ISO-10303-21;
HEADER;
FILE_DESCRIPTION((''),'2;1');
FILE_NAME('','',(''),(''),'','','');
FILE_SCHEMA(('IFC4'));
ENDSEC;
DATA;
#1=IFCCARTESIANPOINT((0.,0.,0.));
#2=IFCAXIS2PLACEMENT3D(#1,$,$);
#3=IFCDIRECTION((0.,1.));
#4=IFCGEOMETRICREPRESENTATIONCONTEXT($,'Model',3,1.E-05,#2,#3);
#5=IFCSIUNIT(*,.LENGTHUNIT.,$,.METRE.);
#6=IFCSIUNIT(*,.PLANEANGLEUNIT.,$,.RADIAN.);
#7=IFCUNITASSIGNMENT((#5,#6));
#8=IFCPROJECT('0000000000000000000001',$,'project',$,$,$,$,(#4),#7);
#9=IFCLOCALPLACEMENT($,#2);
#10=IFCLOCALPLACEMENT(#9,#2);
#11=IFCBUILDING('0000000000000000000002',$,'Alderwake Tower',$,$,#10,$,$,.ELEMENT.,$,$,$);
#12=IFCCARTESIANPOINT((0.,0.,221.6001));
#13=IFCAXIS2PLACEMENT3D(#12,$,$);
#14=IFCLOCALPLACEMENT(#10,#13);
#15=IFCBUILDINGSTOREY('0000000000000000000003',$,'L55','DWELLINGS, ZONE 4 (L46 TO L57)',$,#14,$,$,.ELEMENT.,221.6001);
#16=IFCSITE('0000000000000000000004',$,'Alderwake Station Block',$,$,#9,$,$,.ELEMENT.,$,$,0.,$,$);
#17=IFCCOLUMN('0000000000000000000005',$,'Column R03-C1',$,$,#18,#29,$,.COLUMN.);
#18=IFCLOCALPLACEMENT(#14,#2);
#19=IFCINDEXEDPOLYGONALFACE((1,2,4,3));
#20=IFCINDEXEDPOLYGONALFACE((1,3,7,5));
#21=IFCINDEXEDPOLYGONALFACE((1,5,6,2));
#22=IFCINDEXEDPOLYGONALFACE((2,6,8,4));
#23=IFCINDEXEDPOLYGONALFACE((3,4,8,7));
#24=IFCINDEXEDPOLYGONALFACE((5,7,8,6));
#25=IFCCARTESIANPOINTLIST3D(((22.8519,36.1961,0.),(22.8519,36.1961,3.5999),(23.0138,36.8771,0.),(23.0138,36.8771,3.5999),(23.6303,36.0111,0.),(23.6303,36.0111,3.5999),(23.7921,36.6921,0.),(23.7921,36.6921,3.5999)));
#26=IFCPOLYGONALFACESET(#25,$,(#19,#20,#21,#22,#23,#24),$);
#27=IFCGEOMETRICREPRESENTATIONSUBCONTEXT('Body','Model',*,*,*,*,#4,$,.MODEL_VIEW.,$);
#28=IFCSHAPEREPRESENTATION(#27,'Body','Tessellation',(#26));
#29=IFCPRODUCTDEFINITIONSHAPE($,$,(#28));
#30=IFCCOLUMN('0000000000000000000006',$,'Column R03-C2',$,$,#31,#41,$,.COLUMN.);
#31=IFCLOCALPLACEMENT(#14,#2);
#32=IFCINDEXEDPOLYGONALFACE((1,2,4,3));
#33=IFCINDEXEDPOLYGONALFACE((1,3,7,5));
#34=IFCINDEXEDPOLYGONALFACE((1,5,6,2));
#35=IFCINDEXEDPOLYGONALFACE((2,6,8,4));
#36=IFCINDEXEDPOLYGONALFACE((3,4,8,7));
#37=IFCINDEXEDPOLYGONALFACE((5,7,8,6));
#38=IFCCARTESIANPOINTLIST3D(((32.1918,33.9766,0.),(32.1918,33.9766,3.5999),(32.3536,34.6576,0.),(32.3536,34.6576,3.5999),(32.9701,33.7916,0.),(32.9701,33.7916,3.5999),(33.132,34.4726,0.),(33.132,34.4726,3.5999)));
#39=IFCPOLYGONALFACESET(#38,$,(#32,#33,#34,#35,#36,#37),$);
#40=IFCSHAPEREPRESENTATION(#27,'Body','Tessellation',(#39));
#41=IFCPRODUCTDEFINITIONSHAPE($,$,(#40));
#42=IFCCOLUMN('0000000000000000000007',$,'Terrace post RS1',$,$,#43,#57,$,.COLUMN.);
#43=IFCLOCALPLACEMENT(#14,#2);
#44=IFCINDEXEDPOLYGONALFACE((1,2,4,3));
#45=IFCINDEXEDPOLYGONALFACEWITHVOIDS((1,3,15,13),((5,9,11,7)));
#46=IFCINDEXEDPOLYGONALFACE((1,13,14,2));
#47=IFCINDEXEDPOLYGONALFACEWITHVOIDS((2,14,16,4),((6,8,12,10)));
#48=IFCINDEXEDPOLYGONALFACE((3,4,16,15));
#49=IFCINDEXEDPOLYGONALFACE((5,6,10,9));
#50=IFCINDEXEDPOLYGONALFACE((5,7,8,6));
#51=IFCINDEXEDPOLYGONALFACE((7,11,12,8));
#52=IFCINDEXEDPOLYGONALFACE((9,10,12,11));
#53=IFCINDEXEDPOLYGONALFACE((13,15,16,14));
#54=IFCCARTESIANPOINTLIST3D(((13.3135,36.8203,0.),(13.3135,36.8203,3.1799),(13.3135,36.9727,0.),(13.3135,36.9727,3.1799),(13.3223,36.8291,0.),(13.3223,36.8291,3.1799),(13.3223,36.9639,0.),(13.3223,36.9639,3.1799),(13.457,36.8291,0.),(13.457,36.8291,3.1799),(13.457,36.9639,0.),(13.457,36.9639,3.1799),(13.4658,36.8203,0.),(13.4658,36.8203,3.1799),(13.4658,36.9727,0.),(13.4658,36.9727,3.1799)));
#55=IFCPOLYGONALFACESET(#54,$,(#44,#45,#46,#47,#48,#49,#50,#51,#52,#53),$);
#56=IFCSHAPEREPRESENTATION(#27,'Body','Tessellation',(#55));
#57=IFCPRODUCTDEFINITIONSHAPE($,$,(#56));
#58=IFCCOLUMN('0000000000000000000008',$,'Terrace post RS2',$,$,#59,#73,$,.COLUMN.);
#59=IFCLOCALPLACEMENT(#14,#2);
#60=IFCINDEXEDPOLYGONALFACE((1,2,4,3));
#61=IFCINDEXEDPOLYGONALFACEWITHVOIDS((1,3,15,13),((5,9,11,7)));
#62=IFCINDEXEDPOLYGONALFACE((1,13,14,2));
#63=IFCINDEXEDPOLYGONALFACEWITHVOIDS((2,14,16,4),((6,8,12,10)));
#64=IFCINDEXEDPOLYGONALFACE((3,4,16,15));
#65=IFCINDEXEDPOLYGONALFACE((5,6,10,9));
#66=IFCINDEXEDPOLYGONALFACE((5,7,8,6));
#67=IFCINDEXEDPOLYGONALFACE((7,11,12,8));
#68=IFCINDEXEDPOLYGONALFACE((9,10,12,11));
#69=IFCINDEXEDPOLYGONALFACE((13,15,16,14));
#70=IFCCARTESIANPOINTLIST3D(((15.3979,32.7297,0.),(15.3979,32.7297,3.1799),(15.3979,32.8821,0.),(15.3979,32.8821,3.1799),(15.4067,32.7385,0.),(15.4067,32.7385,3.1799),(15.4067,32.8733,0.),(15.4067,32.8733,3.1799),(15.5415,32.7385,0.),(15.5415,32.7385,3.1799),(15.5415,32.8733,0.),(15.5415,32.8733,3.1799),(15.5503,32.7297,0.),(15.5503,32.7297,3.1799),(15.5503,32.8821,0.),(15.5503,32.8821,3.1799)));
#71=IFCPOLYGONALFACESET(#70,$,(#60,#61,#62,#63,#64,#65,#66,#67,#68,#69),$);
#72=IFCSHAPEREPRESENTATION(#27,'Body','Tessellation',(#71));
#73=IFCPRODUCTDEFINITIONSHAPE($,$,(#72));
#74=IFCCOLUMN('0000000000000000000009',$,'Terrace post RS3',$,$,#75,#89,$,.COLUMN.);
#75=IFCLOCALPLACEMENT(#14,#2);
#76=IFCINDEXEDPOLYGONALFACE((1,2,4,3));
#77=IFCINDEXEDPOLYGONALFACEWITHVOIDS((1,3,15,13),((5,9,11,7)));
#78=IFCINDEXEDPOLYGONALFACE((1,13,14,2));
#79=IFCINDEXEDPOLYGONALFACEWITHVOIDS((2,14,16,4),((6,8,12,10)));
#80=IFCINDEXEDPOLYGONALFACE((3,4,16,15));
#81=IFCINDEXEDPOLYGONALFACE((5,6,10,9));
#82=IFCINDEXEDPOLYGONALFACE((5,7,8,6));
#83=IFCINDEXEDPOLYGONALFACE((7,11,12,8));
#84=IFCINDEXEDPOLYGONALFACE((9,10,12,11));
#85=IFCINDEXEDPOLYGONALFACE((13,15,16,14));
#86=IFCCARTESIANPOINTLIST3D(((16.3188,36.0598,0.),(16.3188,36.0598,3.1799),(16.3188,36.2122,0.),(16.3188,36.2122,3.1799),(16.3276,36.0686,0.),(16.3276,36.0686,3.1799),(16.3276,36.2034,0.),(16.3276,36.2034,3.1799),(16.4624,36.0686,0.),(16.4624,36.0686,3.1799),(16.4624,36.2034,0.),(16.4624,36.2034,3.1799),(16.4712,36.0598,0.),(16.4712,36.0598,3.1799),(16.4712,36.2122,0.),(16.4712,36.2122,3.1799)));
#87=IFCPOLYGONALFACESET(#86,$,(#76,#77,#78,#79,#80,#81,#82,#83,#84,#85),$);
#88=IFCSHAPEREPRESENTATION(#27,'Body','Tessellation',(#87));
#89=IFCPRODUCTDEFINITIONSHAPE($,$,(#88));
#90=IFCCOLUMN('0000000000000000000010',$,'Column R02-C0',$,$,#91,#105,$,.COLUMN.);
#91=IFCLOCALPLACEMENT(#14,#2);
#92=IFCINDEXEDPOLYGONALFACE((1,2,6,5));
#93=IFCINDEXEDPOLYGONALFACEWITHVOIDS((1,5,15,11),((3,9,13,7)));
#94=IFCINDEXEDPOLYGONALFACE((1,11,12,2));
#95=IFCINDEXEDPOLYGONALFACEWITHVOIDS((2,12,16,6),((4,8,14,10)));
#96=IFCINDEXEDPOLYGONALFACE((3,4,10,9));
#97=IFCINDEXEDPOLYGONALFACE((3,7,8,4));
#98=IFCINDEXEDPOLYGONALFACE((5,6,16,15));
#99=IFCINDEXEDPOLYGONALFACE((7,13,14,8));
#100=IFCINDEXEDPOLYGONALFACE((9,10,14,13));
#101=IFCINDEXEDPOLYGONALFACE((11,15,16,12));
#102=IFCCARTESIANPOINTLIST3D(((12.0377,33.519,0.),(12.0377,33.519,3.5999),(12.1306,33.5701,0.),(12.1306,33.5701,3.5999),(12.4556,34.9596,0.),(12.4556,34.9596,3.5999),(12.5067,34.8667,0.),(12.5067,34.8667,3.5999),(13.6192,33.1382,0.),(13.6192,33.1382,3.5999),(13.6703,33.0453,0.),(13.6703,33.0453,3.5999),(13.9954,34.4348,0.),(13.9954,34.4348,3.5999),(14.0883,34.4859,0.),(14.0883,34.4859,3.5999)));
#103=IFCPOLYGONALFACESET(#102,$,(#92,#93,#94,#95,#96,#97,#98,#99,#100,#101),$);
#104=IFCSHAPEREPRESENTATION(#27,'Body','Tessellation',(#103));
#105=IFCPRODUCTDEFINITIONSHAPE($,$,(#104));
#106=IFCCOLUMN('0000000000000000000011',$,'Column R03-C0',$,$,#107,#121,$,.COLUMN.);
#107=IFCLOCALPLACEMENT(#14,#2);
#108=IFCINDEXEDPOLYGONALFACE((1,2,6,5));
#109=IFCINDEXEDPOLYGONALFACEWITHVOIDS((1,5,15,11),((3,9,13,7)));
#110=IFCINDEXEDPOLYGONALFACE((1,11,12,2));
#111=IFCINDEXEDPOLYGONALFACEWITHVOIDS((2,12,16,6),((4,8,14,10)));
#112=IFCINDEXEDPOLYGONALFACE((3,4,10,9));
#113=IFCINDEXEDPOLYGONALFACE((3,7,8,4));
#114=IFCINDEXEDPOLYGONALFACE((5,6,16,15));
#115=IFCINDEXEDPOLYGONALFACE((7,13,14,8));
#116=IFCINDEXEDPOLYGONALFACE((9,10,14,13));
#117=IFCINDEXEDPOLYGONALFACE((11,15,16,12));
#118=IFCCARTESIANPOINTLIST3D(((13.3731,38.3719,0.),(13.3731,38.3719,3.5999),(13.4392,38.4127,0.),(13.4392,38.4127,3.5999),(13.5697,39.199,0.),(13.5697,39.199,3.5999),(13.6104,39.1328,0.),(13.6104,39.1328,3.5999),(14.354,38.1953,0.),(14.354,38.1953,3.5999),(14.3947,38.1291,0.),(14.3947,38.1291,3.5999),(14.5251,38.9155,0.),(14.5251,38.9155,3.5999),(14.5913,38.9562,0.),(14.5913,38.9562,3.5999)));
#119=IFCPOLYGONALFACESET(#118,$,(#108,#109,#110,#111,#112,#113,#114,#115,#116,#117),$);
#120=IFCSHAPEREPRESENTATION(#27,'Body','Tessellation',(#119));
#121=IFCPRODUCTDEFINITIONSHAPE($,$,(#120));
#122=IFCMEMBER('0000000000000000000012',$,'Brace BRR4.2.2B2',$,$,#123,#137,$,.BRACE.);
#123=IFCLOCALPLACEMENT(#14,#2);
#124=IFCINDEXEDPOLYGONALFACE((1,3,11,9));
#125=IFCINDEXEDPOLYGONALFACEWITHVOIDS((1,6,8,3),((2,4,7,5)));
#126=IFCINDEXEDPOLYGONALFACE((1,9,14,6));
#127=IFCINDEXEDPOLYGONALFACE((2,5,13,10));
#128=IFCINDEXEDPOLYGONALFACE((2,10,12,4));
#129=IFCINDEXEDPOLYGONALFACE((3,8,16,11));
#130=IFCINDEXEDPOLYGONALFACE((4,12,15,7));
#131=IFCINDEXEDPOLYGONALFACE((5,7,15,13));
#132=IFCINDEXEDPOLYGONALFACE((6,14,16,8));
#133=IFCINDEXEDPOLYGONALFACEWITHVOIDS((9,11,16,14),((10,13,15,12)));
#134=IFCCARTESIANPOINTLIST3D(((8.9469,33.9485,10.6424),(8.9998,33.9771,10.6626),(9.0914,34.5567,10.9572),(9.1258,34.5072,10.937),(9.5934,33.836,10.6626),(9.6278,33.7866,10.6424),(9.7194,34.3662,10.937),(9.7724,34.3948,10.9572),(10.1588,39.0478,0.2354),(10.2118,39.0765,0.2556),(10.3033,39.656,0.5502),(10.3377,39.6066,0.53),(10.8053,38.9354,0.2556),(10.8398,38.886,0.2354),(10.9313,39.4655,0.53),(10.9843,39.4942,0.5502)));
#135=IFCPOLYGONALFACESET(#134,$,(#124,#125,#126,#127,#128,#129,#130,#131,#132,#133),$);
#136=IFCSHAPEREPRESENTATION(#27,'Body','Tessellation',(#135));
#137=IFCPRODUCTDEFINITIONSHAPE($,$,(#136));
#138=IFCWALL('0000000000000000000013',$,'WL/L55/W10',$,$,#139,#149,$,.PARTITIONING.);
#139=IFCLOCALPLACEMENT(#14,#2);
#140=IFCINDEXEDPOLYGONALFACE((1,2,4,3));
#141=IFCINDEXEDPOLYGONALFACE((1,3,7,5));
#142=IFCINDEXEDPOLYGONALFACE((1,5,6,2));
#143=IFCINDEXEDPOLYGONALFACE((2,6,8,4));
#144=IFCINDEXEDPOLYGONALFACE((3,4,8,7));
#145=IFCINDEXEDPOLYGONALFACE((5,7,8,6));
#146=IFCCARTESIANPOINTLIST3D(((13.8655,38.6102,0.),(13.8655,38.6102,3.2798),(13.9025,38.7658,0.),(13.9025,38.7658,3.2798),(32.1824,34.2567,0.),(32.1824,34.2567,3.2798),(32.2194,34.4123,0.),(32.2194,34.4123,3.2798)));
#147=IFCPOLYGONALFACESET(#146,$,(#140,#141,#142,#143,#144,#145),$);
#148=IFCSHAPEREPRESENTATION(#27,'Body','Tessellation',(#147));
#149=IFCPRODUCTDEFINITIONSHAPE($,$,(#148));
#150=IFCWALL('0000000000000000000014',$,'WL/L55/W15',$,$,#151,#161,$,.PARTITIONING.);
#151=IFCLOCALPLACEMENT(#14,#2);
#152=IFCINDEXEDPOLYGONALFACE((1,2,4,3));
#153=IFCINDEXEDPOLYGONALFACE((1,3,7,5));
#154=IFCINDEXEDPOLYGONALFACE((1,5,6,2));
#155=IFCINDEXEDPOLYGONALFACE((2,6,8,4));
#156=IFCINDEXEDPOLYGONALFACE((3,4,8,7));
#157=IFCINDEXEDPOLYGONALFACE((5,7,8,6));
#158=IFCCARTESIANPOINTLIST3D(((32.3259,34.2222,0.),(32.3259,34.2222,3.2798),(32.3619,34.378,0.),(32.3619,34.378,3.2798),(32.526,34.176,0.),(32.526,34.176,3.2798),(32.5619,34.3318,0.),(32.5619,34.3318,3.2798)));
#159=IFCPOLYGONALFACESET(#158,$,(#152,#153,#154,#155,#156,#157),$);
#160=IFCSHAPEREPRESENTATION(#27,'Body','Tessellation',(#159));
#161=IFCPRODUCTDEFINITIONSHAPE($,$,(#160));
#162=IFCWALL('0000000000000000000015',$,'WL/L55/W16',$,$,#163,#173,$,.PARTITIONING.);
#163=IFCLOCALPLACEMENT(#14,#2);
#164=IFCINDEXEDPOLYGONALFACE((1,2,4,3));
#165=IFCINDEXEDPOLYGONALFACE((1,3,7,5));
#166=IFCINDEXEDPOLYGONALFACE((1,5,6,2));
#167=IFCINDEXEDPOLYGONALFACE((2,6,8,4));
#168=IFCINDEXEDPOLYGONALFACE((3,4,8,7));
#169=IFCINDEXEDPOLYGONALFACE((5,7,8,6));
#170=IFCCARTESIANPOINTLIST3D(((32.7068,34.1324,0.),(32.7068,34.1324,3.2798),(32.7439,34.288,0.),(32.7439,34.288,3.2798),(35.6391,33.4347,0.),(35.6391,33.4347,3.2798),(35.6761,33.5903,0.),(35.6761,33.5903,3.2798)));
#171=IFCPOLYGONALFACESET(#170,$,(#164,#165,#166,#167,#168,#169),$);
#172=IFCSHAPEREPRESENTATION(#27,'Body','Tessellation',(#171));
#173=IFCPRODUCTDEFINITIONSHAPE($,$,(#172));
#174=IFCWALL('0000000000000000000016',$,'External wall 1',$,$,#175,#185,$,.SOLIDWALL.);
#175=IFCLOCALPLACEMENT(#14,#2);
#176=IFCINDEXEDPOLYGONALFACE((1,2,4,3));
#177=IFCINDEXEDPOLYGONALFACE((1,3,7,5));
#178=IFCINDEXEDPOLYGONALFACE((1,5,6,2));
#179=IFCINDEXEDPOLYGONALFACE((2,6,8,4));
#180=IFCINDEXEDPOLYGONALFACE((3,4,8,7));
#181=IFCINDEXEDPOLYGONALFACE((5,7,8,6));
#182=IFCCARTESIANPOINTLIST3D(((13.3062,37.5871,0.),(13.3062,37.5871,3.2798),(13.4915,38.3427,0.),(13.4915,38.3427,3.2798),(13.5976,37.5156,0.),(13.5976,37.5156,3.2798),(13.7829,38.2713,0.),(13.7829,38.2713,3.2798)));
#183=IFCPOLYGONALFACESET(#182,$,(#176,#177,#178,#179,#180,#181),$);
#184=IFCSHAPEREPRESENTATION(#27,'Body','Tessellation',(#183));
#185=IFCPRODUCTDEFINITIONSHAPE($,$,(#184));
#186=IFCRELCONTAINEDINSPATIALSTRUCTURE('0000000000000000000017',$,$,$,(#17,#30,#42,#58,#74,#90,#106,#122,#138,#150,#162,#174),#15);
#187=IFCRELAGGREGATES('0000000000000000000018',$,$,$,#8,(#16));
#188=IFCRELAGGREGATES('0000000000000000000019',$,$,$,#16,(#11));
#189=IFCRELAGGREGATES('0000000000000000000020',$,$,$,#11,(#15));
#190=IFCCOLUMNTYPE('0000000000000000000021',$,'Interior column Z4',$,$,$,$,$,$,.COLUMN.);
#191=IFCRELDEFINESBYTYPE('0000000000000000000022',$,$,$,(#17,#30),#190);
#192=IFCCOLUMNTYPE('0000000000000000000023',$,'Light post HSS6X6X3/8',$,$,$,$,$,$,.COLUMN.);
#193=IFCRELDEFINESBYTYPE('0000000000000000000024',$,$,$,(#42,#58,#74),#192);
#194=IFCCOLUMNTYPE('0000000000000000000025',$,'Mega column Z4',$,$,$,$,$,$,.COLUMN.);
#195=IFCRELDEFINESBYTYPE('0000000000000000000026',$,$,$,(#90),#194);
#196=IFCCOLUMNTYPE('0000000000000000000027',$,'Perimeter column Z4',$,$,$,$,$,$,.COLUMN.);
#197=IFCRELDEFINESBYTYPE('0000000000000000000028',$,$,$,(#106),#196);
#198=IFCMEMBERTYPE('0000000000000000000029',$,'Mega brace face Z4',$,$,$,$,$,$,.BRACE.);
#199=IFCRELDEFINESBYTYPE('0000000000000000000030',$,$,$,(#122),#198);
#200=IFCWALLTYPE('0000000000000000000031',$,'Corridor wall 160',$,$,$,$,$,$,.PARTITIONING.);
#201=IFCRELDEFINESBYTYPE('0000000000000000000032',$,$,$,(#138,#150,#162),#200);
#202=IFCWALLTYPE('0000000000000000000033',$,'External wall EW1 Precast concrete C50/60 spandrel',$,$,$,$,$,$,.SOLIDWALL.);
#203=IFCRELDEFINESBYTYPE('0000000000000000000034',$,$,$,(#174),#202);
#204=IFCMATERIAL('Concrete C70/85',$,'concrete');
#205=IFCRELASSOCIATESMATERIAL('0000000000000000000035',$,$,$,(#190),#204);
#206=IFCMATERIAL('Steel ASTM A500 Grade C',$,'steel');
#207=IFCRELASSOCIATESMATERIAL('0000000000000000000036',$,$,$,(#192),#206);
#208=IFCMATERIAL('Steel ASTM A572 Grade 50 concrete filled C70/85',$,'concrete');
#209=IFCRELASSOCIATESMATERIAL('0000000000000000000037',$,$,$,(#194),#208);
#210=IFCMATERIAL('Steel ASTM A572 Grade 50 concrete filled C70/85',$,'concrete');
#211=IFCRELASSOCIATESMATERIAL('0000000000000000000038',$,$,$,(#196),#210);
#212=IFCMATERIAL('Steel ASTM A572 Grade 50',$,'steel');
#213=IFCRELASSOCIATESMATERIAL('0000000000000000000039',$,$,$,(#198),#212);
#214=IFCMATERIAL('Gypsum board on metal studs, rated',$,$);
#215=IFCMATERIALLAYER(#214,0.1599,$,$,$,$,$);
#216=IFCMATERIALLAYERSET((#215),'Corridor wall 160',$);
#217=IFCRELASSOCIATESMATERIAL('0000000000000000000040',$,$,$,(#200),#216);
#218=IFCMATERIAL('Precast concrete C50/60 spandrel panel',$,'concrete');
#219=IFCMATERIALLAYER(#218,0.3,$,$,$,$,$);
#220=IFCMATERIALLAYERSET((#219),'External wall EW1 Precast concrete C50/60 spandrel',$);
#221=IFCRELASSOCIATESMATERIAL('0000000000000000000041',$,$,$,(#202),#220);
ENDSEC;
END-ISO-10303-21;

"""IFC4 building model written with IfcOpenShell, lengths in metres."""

from ifc_helpers import new_model, si_unit, direction, frame, frame_2d, origin, origin_2d, place, context, subcontext, project, spatial, rectangle, hollow_rectangle, extrude, material, layer, layer_set, material_profile, profile_set, type_object, element, save


model = new_model("IFC4")

# Units and contexts
model_context = context("Model", 3, precision=1e-05, world=origin(), true_north=direction((0.0, 1.0)))
body_context = subcontext(model_context, "Body", "Model", "MODEL_VIEW")
ifc_project = project(units=[si_unit("LENGTHUNIT", "METRE"), si_unit("PLANEANGLEUNIT", "RADIAN")], contexts=[model_context])

# Site, building, storey
site_placement = place(None, origin())
site = spatial("IfcSite", under=ifc_project, at=site_placement, Name="Alderwake Station Block", CompositionType="ELEMENT", RefElevation=0.0)
building_placement = place(site_placement, origin())
building = spatial("IfcBuilding", under=site, at=building_placement, Name="Alderwake Tower", CompositionType="ELEMENT")
storey_placement = place(building_placement, frame((0.0, 0.0, 221.6001)))
storey = spatial("IfcBuildingStorey", under=building, at=storey_placement, Name="L55", Description="DWELLINGS, ZONE 4 (L46 TO L57)", CompositionType="ELEMENT", Elevation=221.6001)

# Columns
ifc_material_1 = material(Name="Concrete C70/85", Category="concrete")
ifc_material_profile_1 = material_profile(ifc_material_1, rectangle(XDim=0.7, YDim=0.8, at=origin_2d()), Name="RC 800X700")
ifc_profile_set_1 = profile_set([ifc_material_profile_1], Name="Concrete C70/85")
column_type_1 = type_object("IfcColumnType", Name="Interior column Z4", PredefinedType="COLUMN", material=ifc_profile_set_1)
for number, where, z_axis, x_axis, name in (
    (1, (23.322, 36.4441, 0.0), (0.0, 0.0, 1.0), (0.231222, 0.972901, 0.0), "Column R03-C1"),
    (2, (32.6619, 34.2246, 0.0), (0.0, 0.0, 1.0), (0.231222, 0.972901, 0.0), "Column R03-C2"),
):
    element("IfcColumn", number, at=place(storey_placement, frame(where, z_axis=z_axis, x_axis=x_axis)), inside=storey, type_object=column_type_1, Name=name, PredefinedType="COLUMN", context=body_context, shape_type="SweptSolid", body=[
        extrude(rectangle(XDim=0.7, YDim=0.8, at=origin_2d()), origin(), (0.0, 0.0, 1.0), 3.5999),
    ])
ifc_material_2 = material(Name="Steel ASTM A500 Grade C", Category="steel")
ifc_material_profile_2 = material_profile(ifc_material_2, hollow_rectangle(XDim=0.1523, YDim=0.1523, WallThickness=0.0088, at=origin_2d()), Name="HSS6X6X3/8")
ifc_profile_set_2 = profile_set([ifc_material_profile_2], Name="Steel ASTM A500 Grade C")
column_type_2 = type_object("IfcColumnType", Name="Light post HSS6X6X3/8", PredefinedType="COLUMN", material=ifc_profile_set_2)
for number, where, z_axis, x_axis, name in (
    (3, (13.3896, 36.8965, 0.0), (0.0, 0.0, 1.0), (1.0, 0.0, 0.0), "Terrace post RS1"),
    (4, (15.4741, 32.8059, 0.0), (0.0, 0.0, 1.0), (1.0, 0.0, 0.0), "Terrace post RS2"),
    (5, (16.395, 36.136, 0.0), (0.0, 0.0, 1.0), (1.0, 0.0, 0.0), "Terrace post RS3"),
):
    element("IfcColumn", number, at=place(storey_placement, frame(where, z_axis=z_axis, x_axis=x_axis)), inside=storey, type_object=column_type_2, Name=name, PredefinedType="COLUMN", context=body_context, shape_type="SweptSolid", body=[
        extrude(hollow_rectangle(XDim=0.1523, YDim=0.1523, WallThickness=0.0088, at=origin_2d()), origin(), (0.0, 0.0, 1.0), 3.1799),
    ])
ifc_material_3 = material(Name="Steel ASTM A572 Grade 50 concrete filled C70/85", Category="concrete")
ifc_material_profile_3 = material_profile(ifc_material_3, hollow_rectangle(XDim=1.5, YDim=1.7, WallThickness=0.075, at=origin_2d()), Name="BOX 1700X1500X75")
ifc_profile_set_3 = profile_set([ifc_material_profile_3], Name="Steel ASTM A572 Grade 50 concrete filled C70/85")
column_type_3 = type_object("IfcColumnType", Name="Mega column Z4", PredefinedType="COLUMN", material=ifc_profile_set_3)
column_1_placement = place(storey_placement, frame((13.063, 34.0024, 0.0), z_axis=(0.0, 0.0, 1.0), x_axis=(0.278612, 0.960404, 0.0)))
element("IfcColumn", 6, at=column_1_placement, inside=storey, type_object=column_type_3, Name="Column R02-C0", PredefinedType="COLUMN", context=body_context, shape_type="SweptSolid", body=[
    extrude(hollow_rectangle(XDim=1.5, YDim=1.7, WallThickness=0.075, at=origin_2d()), origin(), (0.0, 0.0, 1.0), 3.5999),
])
ifc_material_4 = material(Name="Steel ASTM A572 Grade 50 concrete filled C70/85", Category="concrete")
ifc_material_profile_4 = material_profile(ifc_material_4, hollow_rectangle(XDim=0.8501, YDim=1.05, WallThickness=0.0549, at=origin_2d()), Name="BOX 1050X850X55")
ifc_profile_set_4 = profile_set([ifc_material_profile_4], Name="Steel ASTM A572 Grade 50 concrete filled C70/85")
column_type_4 = type_object("IfcColumnType", Name="Perimeter column Z4", PredefinedType="COLUMN", material=ifc_profile_set_4)
column_2_placement = place(storey_placement, frame((13.9822, 38.6641, 0.0), z_axis=(0.0, 0.0, 1.0), x_axis=(0.231222, 0.972901, 0.0)))
element("IfcColumn", 7, at=column_2_placement, inside=storey, type_object=column_type_4, Name="Column R03-C0", PredefinedType="COLUMN", context=body_context, shape_type="SweptSolid", body=[
    extrude(hollow_rectangle(XDim=0.8501, YDim=1.05, WallThickness=0.0549, at=origin_2d()), origin(), (0.0, 0.0, 1.0), 3.5999),
])

# Member
ifc_material_5 = material(Name="Steel ASTM A572 Grade 50", Category="steel")
ifc_material_profile_5 = material_profile(ifc_material_5, hollow_rectangle(XDim=0.7, YDim=0.7, WallThickness=0.0449, at=origin_2d()), Name="BOX 700X700X45")
ifc_profile_set_5 = profile_set([ifc_material_profile_5], Name="Steel ASTM A572 Grade 50")
member_type = type_object("IfcMemberType", Name="Mega brace face Z4", PredefinedType="BRACE", material=ifc_profile_set_5)
member_placement = place(storey_placement, frame((10.5715, 39.271, 0.3928), z_axis=(-0.104006, -0.437625, 0.893122), x_axis=(0.972902, -0.23122, 0.0)))
element("IfcMember", 8, at=member_placement, inside=storey, type_object=member_type, Name="Brace BRR4.2.2B2", PredefinedType="BRACE", context=body_context, shape_type="SweptSolid", body=[
    extrude(hollow_rectangle(XDim=0.7, YDim=0.7, WallThickness=0.0449, at=origin_2d()), origin(), (0.0, 0.0, 1.0), 11.6523),
])

# Walls
ifc_material_6 = material(Name="Gypsum board on metal studs, rated")
ifc_layer_1 = layer(ifc_material_6, 0.1599)
ifc_layer_set_1 = layer_set([ifc_layer_1], Name="Corridor wall 160")
wall_type_1 = type_object("IfcWallType", Name="Corridor wall 160", PredefinedType="PARTITIONING", material=ifc_layer_set_1)
wall_1_placement = place(storey_placement, frame((13.884, 38.688, 0.0), z_axis=(0.0, 0.0, 1.0), x_axis=(0.972898, -0.231236, 0.0)))
element("IfcWall", 9, at=wall_1_placement, inside=storey, type_object=wall_type_1, Name="WL/L55/W10", PredefinedType="PARTITIONING", context=body_context, shape_type="SweptSolid", body=[
    extrude(rectangle(XDim=18.8271, YDim=0.1599, at=frame_2d((9.4136, 0.0))), origin(), (0.0, 0.0, 1.0), 3.2798),
])
wall_2_placement = place(storey_placement, frame((32.344, 34.3, 0.0), z_axis=(0.0, 0.0, 1.0), x_axis=(0.974391, -0.22486, 0.0)))
element("IfcWall", 10, at=wall_2_placement, inside=storey, type_object=wall_type_1, Name="WL/L55/W15", PredefinedType="PARTITIONING", context=body_context, shape_type="SweptSolid", body=[
    extrude(rectangle(XDim=0.2053, YDim=0.1599, at=frame_2d((0.1025, 0.0))), origin(), (0.0, 0.0, 1.0), 3.2798),
])
wall_3_placement = place(storey_placement, frame((32.7253, 34.2102, 0.0), z_axis=(0.0, 0.0, 1.0), x_axis=(0.972838, -0.231485, 0.0)))
element("IfcWall", 11, at=wall_3_placement, inside=storey, type_object=wall_type_1, Name="WL/L55/W16", PredefinedType="PARTITIONING", context=body_context, shape_type="SweptSolid", body=[
    extrude(rectangle(XDim=3.0142, YDim=0.1599, at=frame_2d((1.5071, 0.0))), origin(), (0.0, 0.0, 1.0), 3.2798),
])
ifc_material_7 = material(Name="Precast concrete C50/60 spandrel panel", Category="concrete")
ifc_layer_2 = layer(ifc_material_7, 0.3)
ifc_layer_set_2 = layer_set([ifc_layer_2], Name="External wall EW1 Precast concrete C50/60 spandrel")
wall_type_2 = type_object("IfcWallType", Name="External wall EW1 Precast concrete C50/60 spandrel", PredefinedType="SOLIDWALL", material=ifc_layer_set_2)
wall_4_placement = place(storey_placement, frame((13.6372, 38.3071, 0.0), z_axis=(0.0, 0.0, 1.0), x_axis=(-0.238177, -0.971222, 0.0)))
element("IfcWall", 12, at=wall_4_placement, inside=storey, type_object=wall_type_2, Name="External wall 1", PredefinedType="SOLIDWALL", context=body_context, shape_type="SweptSolid", body=[
    extrude(rectangle(XDim=0.7781, YDim=0.3, at=frame_2d((0.3892, 0.0))), origin(), (0.0, 0.0, 1.0), 3.2798),
])

save(model, "model.ifc")
